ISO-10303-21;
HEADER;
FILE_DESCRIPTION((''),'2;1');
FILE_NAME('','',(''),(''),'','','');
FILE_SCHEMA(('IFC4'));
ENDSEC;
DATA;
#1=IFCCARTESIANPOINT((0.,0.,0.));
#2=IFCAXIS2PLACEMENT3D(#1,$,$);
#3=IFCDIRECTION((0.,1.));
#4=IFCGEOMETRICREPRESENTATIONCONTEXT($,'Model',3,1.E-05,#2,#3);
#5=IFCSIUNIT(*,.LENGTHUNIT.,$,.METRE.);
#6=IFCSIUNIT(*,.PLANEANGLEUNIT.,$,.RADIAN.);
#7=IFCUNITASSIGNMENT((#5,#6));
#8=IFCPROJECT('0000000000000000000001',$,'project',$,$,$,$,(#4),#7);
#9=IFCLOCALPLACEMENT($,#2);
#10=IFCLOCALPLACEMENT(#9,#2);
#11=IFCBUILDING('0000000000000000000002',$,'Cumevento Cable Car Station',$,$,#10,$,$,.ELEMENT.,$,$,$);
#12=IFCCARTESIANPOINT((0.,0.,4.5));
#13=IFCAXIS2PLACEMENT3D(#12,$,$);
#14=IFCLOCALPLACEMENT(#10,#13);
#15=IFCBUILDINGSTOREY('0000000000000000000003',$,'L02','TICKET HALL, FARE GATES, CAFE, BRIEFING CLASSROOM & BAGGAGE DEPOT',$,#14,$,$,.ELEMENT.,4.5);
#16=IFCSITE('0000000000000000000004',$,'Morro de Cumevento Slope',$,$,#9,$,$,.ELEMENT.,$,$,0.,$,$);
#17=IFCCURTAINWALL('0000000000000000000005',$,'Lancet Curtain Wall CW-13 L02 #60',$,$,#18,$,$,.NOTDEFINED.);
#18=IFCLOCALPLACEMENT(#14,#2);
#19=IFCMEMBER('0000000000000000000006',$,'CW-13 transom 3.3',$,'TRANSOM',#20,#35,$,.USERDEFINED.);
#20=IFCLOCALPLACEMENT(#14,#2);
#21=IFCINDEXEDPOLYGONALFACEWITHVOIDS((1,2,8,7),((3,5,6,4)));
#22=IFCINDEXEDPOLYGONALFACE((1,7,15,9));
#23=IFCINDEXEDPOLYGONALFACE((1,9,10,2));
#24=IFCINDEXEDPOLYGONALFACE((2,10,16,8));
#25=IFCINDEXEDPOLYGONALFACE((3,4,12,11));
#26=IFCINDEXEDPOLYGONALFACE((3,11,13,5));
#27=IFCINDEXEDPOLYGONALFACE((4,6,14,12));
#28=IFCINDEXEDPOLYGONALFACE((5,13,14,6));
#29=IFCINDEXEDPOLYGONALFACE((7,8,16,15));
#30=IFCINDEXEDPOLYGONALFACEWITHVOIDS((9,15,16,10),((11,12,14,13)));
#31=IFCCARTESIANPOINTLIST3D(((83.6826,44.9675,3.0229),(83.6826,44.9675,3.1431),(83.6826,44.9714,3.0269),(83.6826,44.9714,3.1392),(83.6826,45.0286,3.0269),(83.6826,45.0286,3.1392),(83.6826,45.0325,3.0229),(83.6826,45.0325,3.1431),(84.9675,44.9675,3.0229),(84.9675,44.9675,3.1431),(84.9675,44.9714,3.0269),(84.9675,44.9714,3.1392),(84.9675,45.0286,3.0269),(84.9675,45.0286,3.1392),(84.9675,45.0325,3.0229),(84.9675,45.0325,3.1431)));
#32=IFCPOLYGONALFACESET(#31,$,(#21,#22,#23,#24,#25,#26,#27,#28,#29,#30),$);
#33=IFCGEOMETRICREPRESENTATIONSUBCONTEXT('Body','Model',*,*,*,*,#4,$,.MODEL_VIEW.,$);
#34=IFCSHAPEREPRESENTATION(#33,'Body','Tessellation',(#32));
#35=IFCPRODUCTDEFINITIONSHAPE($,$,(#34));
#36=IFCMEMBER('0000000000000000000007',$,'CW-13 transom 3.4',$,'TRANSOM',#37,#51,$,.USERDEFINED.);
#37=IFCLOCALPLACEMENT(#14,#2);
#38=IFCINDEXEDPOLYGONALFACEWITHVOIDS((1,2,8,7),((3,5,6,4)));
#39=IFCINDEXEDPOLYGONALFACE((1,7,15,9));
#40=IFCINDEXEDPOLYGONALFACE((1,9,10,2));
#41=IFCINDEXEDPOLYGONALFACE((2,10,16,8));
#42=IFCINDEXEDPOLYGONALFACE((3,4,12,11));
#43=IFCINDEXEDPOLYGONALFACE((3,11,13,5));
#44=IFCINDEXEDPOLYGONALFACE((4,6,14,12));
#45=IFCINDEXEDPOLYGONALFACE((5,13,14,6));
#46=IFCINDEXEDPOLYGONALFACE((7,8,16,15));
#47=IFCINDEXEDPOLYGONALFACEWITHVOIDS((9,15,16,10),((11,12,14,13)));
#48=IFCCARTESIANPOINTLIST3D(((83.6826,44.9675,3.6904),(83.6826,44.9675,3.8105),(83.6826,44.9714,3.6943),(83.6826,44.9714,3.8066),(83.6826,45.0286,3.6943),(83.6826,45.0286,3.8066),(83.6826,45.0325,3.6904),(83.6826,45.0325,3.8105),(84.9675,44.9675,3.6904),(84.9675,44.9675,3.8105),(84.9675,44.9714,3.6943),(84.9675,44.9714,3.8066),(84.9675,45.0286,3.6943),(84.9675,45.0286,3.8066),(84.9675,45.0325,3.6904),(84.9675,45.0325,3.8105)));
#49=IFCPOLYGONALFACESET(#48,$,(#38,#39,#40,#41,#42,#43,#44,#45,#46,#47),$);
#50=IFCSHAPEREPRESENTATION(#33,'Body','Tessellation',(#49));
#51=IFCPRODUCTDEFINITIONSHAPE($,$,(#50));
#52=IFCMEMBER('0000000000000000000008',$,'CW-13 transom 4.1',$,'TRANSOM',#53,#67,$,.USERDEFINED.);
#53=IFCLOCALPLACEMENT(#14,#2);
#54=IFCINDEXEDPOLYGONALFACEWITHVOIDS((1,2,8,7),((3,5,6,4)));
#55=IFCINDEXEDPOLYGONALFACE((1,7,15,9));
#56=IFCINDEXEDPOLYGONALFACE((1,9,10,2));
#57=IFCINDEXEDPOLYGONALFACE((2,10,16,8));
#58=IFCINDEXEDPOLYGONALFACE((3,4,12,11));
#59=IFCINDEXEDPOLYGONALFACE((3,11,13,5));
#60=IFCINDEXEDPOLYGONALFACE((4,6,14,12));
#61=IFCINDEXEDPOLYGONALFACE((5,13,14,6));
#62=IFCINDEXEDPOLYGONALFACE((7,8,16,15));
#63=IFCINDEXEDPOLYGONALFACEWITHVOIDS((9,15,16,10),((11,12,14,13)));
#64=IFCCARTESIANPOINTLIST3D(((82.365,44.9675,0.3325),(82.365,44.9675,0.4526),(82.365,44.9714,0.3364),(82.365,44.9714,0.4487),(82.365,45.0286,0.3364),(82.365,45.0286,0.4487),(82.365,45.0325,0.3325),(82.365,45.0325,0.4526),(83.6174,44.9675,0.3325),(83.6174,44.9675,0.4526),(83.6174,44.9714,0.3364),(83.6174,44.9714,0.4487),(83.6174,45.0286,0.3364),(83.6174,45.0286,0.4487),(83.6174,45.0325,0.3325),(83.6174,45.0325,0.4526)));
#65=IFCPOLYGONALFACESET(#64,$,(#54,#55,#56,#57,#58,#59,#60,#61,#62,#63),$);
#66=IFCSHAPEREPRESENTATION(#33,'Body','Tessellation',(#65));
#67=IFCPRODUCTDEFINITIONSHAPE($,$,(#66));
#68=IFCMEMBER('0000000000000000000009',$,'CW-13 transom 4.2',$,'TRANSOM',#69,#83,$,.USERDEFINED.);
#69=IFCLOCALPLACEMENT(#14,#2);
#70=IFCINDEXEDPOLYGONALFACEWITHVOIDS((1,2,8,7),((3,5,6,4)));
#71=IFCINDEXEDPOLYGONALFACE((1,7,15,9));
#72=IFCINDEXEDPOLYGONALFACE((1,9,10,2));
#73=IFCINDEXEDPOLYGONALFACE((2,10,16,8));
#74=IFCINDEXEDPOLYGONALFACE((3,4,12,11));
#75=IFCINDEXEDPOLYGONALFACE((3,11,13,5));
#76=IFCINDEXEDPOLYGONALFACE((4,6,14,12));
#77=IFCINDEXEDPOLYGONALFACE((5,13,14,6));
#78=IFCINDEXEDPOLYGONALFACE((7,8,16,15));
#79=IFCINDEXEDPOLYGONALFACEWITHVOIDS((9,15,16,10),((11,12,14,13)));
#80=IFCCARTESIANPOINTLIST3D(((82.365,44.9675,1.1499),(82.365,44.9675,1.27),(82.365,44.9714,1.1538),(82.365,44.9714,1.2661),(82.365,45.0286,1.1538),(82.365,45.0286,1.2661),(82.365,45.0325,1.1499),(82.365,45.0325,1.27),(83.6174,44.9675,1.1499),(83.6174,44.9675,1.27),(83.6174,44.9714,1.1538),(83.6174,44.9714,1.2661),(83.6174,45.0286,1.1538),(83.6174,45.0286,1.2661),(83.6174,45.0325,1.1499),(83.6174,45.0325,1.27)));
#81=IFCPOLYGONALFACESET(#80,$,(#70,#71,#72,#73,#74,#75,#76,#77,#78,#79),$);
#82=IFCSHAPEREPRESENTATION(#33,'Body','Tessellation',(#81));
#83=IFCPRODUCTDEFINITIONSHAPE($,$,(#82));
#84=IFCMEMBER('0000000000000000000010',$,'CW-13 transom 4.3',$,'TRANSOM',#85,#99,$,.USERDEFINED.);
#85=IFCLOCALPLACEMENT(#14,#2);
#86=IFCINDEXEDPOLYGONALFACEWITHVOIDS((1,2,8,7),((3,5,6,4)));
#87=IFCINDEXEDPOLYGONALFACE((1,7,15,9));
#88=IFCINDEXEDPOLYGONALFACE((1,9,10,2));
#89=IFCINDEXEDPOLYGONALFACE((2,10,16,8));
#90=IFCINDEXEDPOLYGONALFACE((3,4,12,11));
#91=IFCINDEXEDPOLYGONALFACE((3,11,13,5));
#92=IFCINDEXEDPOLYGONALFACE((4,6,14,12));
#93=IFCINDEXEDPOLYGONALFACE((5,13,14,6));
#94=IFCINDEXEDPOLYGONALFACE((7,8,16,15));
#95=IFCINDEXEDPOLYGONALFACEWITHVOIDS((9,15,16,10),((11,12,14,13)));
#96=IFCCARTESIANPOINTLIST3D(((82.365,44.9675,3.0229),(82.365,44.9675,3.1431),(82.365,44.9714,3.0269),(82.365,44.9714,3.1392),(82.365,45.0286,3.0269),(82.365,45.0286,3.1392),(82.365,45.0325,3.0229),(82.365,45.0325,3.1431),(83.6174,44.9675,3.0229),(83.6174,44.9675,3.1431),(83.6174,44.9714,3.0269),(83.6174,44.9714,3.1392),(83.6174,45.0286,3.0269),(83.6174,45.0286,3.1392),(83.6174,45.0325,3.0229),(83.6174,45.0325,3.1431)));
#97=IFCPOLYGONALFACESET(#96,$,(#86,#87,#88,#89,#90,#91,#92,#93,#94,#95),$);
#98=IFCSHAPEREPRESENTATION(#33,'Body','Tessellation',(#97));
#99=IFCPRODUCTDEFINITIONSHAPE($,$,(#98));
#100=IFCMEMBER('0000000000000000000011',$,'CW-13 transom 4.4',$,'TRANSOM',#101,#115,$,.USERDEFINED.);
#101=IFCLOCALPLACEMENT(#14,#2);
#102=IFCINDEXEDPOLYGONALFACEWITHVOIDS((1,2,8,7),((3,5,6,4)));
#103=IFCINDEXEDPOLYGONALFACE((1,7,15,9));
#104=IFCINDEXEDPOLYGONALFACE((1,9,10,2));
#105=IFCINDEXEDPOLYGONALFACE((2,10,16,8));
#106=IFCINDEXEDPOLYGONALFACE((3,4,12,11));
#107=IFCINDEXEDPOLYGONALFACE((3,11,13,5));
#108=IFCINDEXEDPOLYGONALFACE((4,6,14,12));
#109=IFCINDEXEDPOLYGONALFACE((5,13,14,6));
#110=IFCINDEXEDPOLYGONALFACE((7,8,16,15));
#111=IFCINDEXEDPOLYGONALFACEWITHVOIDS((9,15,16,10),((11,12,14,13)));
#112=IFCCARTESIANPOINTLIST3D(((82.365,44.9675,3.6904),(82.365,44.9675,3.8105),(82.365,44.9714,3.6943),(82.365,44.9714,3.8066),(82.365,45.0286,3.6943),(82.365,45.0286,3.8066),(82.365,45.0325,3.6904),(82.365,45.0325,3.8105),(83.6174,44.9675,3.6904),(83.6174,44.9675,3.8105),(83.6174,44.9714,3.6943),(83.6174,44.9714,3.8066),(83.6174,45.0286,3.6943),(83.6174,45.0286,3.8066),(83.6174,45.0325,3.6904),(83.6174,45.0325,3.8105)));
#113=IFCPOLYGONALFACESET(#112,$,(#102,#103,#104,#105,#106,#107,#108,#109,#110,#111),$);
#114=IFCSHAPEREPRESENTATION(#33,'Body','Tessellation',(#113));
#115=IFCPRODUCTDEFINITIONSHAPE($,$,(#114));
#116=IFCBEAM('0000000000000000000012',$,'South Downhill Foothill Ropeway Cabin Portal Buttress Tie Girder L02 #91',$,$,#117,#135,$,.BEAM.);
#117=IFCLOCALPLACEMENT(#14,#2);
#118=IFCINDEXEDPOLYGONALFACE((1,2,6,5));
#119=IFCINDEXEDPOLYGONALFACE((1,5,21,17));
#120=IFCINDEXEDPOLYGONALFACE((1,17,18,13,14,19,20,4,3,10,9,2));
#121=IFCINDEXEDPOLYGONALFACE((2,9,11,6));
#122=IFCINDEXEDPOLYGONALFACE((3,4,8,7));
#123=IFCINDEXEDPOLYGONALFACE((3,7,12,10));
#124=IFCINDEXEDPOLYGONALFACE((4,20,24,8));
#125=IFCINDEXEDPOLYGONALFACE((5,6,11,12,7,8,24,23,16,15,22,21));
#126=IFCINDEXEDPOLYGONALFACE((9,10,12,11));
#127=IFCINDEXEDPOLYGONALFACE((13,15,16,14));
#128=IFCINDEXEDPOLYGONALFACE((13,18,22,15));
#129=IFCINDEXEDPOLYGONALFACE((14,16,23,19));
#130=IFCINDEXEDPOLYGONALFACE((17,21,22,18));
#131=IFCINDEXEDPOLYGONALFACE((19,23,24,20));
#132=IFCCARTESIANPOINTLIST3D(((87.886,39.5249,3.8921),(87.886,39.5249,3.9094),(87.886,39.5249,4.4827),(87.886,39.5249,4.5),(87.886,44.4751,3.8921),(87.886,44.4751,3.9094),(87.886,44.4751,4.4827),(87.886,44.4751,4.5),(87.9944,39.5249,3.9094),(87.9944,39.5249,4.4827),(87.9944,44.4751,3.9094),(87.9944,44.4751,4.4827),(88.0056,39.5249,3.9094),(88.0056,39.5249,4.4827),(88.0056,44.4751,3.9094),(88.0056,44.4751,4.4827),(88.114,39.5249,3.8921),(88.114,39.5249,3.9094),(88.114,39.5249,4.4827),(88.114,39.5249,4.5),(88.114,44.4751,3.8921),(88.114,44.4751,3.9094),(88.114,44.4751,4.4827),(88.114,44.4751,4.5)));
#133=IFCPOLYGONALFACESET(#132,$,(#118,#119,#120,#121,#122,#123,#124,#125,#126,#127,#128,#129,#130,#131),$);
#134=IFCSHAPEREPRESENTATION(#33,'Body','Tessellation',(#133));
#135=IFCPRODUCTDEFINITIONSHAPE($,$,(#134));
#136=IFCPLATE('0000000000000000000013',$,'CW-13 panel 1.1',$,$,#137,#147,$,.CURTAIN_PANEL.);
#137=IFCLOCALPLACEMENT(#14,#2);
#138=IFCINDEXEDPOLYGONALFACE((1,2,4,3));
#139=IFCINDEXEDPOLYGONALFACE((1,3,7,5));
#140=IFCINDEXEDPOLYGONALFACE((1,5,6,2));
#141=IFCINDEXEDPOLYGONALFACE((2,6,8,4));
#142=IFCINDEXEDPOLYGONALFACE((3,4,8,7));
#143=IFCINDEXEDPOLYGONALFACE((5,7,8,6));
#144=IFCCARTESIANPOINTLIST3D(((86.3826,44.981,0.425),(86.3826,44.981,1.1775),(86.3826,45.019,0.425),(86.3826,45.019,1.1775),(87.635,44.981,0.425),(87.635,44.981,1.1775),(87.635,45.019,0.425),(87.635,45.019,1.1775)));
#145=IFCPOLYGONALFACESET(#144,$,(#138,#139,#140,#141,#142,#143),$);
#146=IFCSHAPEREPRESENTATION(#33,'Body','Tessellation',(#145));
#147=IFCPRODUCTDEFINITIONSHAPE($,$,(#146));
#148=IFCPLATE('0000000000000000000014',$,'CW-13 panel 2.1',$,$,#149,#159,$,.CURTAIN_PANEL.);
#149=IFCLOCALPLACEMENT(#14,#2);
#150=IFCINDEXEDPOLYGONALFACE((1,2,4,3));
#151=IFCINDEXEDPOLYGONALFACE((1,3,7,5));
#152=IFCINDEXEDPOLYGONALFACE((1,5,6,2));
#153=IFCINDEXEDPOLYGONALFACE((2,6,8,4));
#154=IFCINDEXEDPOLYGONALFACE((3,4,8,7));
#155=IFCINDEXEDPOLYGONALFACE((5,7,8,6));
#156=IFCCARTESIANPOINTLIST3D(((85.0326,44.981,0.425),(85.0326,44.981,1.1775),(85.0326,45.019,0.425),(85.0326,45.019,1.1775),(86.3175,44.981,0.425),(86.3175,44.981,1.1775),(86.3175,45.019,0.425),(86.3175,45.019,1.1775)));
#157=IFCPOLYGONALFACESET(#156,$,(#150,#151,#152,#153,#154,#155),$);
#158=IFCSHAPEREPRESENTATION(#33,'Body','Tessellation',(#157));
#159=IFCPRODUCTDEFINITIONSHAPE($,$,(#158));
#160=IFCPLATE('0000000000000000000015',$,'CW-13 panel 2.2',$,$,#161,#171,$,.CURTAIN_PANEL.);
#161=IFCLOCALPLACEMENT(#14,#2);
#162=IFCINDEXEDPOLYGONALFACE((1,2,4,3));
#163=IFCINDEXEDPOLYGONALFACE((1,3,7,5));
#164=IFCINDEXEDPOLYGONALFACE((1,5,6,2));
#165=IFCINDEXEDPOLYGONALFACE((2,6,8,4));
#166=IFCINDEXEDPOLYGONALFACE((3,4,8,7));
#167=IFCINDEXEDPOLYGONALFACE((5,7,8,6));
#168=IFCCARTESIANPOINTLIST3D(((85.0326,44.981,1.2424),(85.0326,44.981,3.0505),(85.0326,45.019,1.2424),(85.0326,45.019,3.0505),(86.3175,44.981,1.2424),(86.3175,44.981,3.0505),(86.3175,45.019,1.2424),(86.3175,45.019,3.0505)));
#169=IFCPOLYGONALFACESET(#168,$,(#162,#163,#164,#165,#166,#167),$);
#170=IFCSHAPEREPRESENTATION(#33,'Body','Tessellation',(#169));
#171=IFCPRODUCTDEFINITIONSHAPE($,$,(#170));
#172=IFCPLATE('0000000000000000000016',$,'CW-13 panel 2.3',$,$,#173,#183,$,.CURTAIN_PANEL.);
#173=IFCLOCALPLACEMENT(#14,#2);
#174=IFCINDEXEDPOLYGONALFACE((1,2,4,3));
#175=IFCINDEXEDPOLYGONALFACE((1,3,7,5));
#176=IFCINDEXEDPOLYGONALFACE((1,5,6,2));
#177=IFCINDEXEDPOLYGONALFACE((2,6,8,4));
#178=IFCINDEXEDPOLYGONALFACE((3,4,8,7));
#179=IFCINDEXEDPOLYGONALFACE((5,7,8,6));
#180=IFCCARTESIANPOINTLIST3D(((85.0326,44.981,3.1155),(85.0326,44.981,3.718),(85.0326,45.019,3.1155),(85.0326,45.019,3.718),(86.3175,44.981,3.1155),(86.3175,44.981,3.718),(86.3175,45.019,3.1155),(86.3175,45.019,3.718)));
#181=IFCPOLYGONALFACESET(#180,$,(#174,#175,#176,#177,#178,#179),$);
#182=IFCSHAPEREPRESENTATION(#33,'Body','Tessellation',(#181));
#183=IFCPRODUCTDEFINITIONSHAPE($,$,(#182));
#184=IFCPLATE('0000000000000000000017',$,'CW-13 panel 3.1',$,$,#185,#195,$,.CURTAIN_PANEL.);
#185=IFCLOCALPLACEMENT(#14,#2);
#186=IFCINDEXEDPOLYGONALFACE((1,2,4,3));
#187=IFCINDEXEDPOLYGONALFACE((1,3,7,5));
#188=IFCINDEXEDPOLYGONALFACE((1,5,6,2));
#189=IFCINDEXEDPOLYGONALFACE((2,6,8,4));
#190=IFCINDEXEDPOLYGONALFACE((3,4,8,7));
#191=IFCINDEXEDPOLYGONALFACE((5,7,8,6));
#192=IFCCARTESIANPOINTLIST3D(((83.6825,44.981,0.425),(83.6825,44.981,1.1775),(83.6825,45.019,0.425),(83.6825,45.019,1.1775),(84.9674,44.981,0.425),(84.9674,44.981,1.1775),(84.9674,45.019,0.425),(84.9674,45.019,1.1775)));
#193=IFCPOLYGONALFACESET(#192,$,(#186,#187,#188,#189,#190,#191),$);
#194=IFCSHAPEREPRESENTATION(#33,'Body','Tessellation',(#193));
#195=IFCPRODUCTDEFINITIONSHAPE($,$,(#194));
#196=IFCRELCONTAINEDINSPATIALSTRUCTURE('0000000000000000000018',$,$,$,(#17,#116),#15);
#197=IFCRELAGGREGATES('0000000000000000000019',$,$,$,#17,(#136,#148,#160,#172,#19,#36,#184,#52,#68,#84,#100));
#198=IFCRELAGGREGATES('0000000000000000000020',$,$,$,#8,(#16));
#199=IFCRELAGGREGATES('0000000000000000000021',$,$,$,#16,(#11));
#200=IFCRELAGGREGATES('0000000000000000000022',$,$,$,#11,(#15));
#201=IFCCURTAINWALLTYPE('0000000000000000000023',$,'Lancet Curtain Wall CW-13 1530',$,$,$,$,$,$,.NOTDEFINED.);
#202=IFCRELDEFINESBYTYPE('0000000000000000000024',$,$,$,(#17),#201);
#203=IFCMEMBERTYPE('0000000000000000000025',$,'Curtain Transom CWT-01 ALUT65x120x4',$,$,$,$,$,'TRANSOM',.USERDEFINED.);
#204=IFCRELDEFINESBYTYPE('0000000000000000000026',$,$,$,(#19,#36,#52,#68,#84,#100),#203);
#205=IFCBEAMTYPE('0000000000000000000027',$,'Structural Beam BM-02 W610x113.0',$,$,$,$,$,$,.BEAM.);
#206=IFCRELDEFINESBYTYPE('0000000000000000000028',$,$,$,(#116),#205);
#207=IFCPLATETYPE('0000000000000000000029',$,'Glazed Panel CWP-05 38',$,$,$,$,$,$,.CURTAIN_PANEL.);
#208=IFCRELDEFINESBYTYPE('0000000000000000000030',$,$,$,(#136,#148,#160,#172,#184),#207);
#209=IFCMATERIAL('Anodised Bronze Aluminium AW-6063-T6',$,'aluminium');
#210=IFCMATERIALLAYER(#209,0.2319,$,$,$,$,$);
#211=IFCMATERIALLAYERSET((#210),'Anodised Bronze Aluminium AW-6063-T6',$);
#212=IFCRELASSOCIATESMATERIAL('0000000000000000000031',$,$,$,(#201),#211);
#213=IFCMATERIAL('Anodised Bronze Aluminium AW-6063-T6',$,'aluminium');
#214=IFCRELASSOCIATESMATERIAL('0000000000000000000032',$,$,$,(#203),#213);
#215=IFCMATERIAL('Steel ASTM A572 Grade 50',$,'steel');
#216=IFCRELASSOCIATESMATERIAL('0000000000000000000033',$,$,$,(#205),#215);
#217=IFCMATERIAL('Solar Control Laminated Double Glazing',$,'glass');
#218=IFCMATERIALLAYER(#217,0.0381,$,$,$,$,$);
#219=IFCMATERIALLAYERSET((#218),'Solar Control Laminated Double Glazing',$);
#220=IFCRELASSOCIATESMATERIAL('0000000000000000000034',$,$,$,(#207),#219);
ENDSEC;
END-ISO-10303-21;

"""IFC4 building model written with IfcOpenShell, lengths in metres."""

from ifc_helpers import new_model, si_unit, direction, frame, origin, origin_2d, place, context, subcontext, project, spatial, rectangle, hollow_rectangle, i_section, extrude, material, layer, layer_set, material_profile, profile_set, type_object, element, aggregate, save


model = new_model("IFC4")

# Units and contexts
model_context = context("Model", 3, precision=1e-05, world=origin(), true_north=direction((0.0, 1.0)))
body_context = subcontext(model_context, "Body", "Model", "MODEL_VIEW")
ifc_project = project(units=[si_unit("LENGTHUNIT", "METRE"), si_unit("PLANEANGLEUNIT", "RADIAN")], contexts=[model_context])

# Site, building, storey
site_placement = place(None, origin())
site = spatial("IfcSite", under=ifc_project, at=site_placement, Name="Morro de Cumevento Slope", CompositionType="ELEMENT", RefElevation=0.0)
building_placement = place(site_placement, origin())
building = spatial("IfcBuilding", under=site, at=building_placement, Name="Cumevento Cable Car Station", CompositionType="ELEMENT")
storey_placement = place(building_placement, frame((0.0, 0.0, 4.5)))
storey = spatial("IfcBuildingStorey", under=building, at=storey_placement, Name="L02", Description="TICKET HALL, FARE GATES, CAFE, BRIEFING CLASSROOM & BAGGAGE DEPOT", CompositionType="ELEMENT", Elevation=4.5)

# Curtain wall, members
ifc_material_1 = material(Name="Anodised Bronze Aluminium AW-6063-T6", Category="aluminium")
ifc_layer_1 = layer(ifc_material_1, 0.2319)
ifc_layer_set_1 = layer_set([ifc_layer_1], Name="Anodised Bronze Aluminium AW-6063-T6")
curtain_wall_type = type_object("IfcCurtainWallType", Name="Lancet Curtain Wall CW-13 1530", PredefinedType="NOTDEFINED", material=ifc_layer_set_1)
curtain_wall_placement = place(storey_placement, origin())
curtain_wall = element("IfcCurtainWall", 1, at=curtain_wall_placement, inside=storey, type_object=curtain_wall_type, Name="Lancet Curtain Wall CW-13 L02 #60", PredefinedType="NOTDEFINED")
ifc_material_2 = material(Name="Anodised Bronze Aluminium AW-6063-T6", Category="aluminium")
ifc_material_profile_1 = material_profile(ifc_material_2, hollow_rectangle(XDim=0.0649, YDim=0.1201, WallThickness=0.0039, at=origin_2d()), Name="ALUT65x120x4")
ifc_profile_set_1 = profile_set([ifc_material_profile_1], Name="Anodised Bronze Aluminium AW-6063-T6")
member_type_1 = type_object("IfcMemberType", Name="Curtain Transom CWT-01 ALUT65x120x4", ElementType="TRANSOM", PredefinedType="USERDEFINED", material=ifc_profile_set_1)
member_1_placement = place(storey_placement, frame((84.9675, 45.0, 3.083), z_axis=(-1.0, 0.0, 0.0), x_axis=(0.0, -1.0, 0.0)))
member_1 = element("IfcMember", 2, at=member_1_placement, type_object=member_type_1, Name="CW-13 transom 3.3", ObjectType="TRANSOM", PredefinedType="USERDEFINED", context=body_context, shape_type="SweptSolid", body=[
    extrude(hollow_rectangle(XDim=0.0649, YDim=0.1201, WallThickness=0.0039, at=origin_2d()), origin(), (0.0, 0.0, 1.0), 1.2849),
])
member_2_placement = place(storey_placement, frame((84.9675, 45.0, 3.7505), z_axis=(-1.0, 0.0, 0.0), x_axis=(0.0, -1.0, 0.0)))
member_2 = element("IfcMember", 3, at=member_2_placement, type_object=member_type_1, Name="CW-13 transom 3.4", ObjectType="TRANSOM", PredefinedType="USERDEFINED", context=body_context, shape_type="SweptSolid", body=[
    extrude(hollow_rectangle(XDim=0.0649, YDim=0.1201, WallThickness=0.0039, at=origin_2d()), origin(), (0.0, 0.0, 1.0), 1.2849),
])
member_3_placement = place(storey_placement, frame((83.6174, 45.0, 0.3926), z_axis=(-1.0, 0.0, 0.0), x_axis=(0.0, -1.0, 0.0)))
member_3 = element("IfcMember", 4, at=member_3_placement, type_object=member_type_1, Name="CW-13 transom 4.1", ObjectType="TRANSOM", PredefinedType="USERDEFINED", context=body_context, shape_type="SweptSolid", body=[
    extrude(hollow_rectangle(XDim=0.0649, YDim=0.1201, WallThickness=0.0039, at=origin_2d()), origin(), (0.0, 0.0, 1.0), 1.2524),
])
member_4_placement = place(storey_placement, frame((83.6174, 45.0, 1.21), z_axis=(-1.0, 0.0, 0.0), x_axis=(0.0, -1.0, 0.0)))
member_4 = element("IfcMember", 5, at=member_4_placement, type_object=member_type_1, Name="CW-13 transom 4.2", ObjectType="TRANSOM", PredefinedType="USERDEFINED", context=body_context, shape_type="SweptSolid", body=[
    extrude(hollow_rectangle(XDim=0.0649, YDim=0.1201, WallThickness=0.0039, at=origin_2d()), origin(), (0.0, 0.0, 1.0), 1.2524),
])
member_5_placement = place(storey_placement, frame((83.6174, 45.0, 3.083), z_axis=(-1.0, 0.0, 0.0), x_axis=(0.0, -1.0, 0.0)))
member_5 = element("IfcMember", 6, at=member_5_placement, type_object=member_type_1, Name="CW-13 transom 4.3", ObjectType="TRANSOM", PredefinedType="USERDEFINED", context=body_context, shape_type="SweptSolid", body=[
    extrude(hollow_rectangle(XDim=0.0649, YDim=0.1201, WallThickness=0.0039, at=origin_2d()), origin(), (0.0, 0.0, 1.0), 1.2524),
])
member_6_placement = place(storey_placement, frame((83.6174, 45.0, 3.7505), z_axis=(-1.0, 0.0, 0.0), x_axis=(0.0, -1.0, 0.0)))
member_6 = element("IfcMember", 7, at=member_6_placement, type_object=member_type_1, Name="CW-13 transom 4.4", ObjectType="TRANSOM", PredefinedType="USERDEFINED", context=body_context, shape_type="SweptSolid", body=[
    extrude(hollow_rectangle(XDim=0.0649, YDim=0.1201, WallThickness=0.0039, at=origin_2d()), origin(), (0.0, 0.0, 1.0), 1.2524),
])

# Beam
ifc_material_3 = material(Name="Steel ASTM A572 Grade 50", Category="steel")
ifc_material_profile_2 = material_profile(ifc_material_3, i_section(OverallWidth=0.228, OverallDepth=0.6079, WebThickness=0.0112, FlangeThickness=0.0173, at=origin_2d()), Name="W610x113.0")
ifc_profile_set_2 = profile_set([ifc_material_profile_2], Name="Steel ASTM A572 Grade 50")
beam_type = type_object("IfcBeamType", Name="Structural Beam BM-02 W610x113.0", PredefinedType="BEAM", material=ifc_profile_set_2)
beam_placement = place(storey_placement, frame((88.0, 39.5249, 4.196), z_axis=(0.0, 1.0, 0.0), x_axis=(-1.0, 0.0, 0.0)))
element("IfcBeam", 8, at=beam_placement, inside=storey, type_object=beam_type, Name="South Downhill Foothill Ropeway Cabin Portal Buttress Tie Girder L02 #91", PredefinedType="BEAM", context=body_context, shape_type="SweptSolid", body=[
    extrude(i_section(OverallWidth=0.228, OverallDepth=0.6079, WebThickness=0.0112, FlangeThickness=0.0173, at=origin_2d()), origin(), (0.0, 0.0, 1.0), 4.9502),
])

# Plates
ifc_material_4 = material(Name="Solar Control Laminated Double Glazing", Category="glass")
ifc_layer_2 = layer(ifc_material_4, 0.0381)
ifc_layer_set_2 = layer_set([ifc_layer_2], Name="Solar Control Laminated Double Glazing")
plate_type = type_object("IfcPlateType", Name="Glazed Panel CWP-05 38", PredefinedType="CURTAIN_PANEL", material=ifc_layer_set_2)
plate_1_placement = place(storey_placement, frame((87.0088, 45.0, 0.425), z_axis=(0.0, 0.0, 1.0), x_axis=(-1.0, 0.0, 0.0)))
plate_1 = element("IfcPlate", 9, at=plate_1_placement, type_object=plate_type, Name="CW-13 panel 1.1", PredefinedType="CURTAIN_PANEL", context=body_context, shape_type="SweptSolid", body=[
    extrude(rectangle(XDim=1.2524, YDim=0.0381, at=origin_2d()), origin(), (0.0, 0.0, 1.0), 0.7524),
])
plate_2_placement = place(storey_placement, frame((85.675, 45.0, 0.425), z_axis=(0.0, 0.0, 1.0), x_axis=(-1.0, 0.0, 0.0)))
plate_2 = element("IfcPlate", 10, at=plate_2_placement, type_object=plate_type, Name="CW-13 panel 2.1", PredefinedType="CURTAIN_PANEL", context=body_context, shape_type="SweptSolid", body=[
    extrude(rectangle(XDim=1.2849, YDim=0.0381, at=origin_2d()), origin(), (0.0, 0.0, 1.0), 0.7524),
])
plate_3_placement = place(storey_placement, frame((85.675, 45.0, 1.2424), z_axis=(0.0, 0.0, 1.0), x_axis=(-1.0, 0.0, 0.0)))
plate_3 = element("IfcPlate", 11, at=plate_3_placement, type_object=plate_type, Name="CW-13 panel 2.2", PredefinedType="CURTAIN_PANEL", context=body_context, shape_type="SweptSolid", body=[
    extrude(rectangle(XDim=1.2849, YDim=0.0381, at=origin_2d()), origin(), (0.0, 0.0, 1.0), 1.8081),
])
plate_4_placement = place(storey_placement, frame((85.675, 45.0, 3.1155), z_axis=(0.0, 0.0, 1.0), x_axis=(-1.0, 0.0, 0.0)))
plate_4 = element("IfcPlate", 12, at=plate_4_placement, type_object=plate_type, Name="CW-13 panel 2.3", PredefinedType="CURTAIN_PANEL", context=body_context, shape_type="SweptSolid", body=[
    extrude(rectangle(XDim=1.2849, YDim=0.0381, at=origin_2d()), origin(), (0.0, 0.0, 1.0), 0.6025),
])
plate_5_placement = place(storey_placement, frame((84.325, 45.0, 0.425), z_axis=(0.0, 0.0, 1.0), x_axis=(-1.0, 0.0, 0.0)))
plate_5 = element("IfcPlate", 13, at=plate_5_placement, type_object=plate_type, Name="CW-13 panel 3.1", PredefinedType="CURTAIN_PANEL", context=body_context, shape_type="SweptSolid", body=[
    extrude(rectangle(XDim=1.2849, YDim=0.0381, at=origin_2d()), origin(), (0.0, 0.0, 1.0), 0.7524),
])
aggregate(curtain_wall, [plate_1, plate_2, plate_3, plate_4, member_1, member_2, plate_5, member_3, member_4, member_5, member_6])

save(model, "model.ifc")
